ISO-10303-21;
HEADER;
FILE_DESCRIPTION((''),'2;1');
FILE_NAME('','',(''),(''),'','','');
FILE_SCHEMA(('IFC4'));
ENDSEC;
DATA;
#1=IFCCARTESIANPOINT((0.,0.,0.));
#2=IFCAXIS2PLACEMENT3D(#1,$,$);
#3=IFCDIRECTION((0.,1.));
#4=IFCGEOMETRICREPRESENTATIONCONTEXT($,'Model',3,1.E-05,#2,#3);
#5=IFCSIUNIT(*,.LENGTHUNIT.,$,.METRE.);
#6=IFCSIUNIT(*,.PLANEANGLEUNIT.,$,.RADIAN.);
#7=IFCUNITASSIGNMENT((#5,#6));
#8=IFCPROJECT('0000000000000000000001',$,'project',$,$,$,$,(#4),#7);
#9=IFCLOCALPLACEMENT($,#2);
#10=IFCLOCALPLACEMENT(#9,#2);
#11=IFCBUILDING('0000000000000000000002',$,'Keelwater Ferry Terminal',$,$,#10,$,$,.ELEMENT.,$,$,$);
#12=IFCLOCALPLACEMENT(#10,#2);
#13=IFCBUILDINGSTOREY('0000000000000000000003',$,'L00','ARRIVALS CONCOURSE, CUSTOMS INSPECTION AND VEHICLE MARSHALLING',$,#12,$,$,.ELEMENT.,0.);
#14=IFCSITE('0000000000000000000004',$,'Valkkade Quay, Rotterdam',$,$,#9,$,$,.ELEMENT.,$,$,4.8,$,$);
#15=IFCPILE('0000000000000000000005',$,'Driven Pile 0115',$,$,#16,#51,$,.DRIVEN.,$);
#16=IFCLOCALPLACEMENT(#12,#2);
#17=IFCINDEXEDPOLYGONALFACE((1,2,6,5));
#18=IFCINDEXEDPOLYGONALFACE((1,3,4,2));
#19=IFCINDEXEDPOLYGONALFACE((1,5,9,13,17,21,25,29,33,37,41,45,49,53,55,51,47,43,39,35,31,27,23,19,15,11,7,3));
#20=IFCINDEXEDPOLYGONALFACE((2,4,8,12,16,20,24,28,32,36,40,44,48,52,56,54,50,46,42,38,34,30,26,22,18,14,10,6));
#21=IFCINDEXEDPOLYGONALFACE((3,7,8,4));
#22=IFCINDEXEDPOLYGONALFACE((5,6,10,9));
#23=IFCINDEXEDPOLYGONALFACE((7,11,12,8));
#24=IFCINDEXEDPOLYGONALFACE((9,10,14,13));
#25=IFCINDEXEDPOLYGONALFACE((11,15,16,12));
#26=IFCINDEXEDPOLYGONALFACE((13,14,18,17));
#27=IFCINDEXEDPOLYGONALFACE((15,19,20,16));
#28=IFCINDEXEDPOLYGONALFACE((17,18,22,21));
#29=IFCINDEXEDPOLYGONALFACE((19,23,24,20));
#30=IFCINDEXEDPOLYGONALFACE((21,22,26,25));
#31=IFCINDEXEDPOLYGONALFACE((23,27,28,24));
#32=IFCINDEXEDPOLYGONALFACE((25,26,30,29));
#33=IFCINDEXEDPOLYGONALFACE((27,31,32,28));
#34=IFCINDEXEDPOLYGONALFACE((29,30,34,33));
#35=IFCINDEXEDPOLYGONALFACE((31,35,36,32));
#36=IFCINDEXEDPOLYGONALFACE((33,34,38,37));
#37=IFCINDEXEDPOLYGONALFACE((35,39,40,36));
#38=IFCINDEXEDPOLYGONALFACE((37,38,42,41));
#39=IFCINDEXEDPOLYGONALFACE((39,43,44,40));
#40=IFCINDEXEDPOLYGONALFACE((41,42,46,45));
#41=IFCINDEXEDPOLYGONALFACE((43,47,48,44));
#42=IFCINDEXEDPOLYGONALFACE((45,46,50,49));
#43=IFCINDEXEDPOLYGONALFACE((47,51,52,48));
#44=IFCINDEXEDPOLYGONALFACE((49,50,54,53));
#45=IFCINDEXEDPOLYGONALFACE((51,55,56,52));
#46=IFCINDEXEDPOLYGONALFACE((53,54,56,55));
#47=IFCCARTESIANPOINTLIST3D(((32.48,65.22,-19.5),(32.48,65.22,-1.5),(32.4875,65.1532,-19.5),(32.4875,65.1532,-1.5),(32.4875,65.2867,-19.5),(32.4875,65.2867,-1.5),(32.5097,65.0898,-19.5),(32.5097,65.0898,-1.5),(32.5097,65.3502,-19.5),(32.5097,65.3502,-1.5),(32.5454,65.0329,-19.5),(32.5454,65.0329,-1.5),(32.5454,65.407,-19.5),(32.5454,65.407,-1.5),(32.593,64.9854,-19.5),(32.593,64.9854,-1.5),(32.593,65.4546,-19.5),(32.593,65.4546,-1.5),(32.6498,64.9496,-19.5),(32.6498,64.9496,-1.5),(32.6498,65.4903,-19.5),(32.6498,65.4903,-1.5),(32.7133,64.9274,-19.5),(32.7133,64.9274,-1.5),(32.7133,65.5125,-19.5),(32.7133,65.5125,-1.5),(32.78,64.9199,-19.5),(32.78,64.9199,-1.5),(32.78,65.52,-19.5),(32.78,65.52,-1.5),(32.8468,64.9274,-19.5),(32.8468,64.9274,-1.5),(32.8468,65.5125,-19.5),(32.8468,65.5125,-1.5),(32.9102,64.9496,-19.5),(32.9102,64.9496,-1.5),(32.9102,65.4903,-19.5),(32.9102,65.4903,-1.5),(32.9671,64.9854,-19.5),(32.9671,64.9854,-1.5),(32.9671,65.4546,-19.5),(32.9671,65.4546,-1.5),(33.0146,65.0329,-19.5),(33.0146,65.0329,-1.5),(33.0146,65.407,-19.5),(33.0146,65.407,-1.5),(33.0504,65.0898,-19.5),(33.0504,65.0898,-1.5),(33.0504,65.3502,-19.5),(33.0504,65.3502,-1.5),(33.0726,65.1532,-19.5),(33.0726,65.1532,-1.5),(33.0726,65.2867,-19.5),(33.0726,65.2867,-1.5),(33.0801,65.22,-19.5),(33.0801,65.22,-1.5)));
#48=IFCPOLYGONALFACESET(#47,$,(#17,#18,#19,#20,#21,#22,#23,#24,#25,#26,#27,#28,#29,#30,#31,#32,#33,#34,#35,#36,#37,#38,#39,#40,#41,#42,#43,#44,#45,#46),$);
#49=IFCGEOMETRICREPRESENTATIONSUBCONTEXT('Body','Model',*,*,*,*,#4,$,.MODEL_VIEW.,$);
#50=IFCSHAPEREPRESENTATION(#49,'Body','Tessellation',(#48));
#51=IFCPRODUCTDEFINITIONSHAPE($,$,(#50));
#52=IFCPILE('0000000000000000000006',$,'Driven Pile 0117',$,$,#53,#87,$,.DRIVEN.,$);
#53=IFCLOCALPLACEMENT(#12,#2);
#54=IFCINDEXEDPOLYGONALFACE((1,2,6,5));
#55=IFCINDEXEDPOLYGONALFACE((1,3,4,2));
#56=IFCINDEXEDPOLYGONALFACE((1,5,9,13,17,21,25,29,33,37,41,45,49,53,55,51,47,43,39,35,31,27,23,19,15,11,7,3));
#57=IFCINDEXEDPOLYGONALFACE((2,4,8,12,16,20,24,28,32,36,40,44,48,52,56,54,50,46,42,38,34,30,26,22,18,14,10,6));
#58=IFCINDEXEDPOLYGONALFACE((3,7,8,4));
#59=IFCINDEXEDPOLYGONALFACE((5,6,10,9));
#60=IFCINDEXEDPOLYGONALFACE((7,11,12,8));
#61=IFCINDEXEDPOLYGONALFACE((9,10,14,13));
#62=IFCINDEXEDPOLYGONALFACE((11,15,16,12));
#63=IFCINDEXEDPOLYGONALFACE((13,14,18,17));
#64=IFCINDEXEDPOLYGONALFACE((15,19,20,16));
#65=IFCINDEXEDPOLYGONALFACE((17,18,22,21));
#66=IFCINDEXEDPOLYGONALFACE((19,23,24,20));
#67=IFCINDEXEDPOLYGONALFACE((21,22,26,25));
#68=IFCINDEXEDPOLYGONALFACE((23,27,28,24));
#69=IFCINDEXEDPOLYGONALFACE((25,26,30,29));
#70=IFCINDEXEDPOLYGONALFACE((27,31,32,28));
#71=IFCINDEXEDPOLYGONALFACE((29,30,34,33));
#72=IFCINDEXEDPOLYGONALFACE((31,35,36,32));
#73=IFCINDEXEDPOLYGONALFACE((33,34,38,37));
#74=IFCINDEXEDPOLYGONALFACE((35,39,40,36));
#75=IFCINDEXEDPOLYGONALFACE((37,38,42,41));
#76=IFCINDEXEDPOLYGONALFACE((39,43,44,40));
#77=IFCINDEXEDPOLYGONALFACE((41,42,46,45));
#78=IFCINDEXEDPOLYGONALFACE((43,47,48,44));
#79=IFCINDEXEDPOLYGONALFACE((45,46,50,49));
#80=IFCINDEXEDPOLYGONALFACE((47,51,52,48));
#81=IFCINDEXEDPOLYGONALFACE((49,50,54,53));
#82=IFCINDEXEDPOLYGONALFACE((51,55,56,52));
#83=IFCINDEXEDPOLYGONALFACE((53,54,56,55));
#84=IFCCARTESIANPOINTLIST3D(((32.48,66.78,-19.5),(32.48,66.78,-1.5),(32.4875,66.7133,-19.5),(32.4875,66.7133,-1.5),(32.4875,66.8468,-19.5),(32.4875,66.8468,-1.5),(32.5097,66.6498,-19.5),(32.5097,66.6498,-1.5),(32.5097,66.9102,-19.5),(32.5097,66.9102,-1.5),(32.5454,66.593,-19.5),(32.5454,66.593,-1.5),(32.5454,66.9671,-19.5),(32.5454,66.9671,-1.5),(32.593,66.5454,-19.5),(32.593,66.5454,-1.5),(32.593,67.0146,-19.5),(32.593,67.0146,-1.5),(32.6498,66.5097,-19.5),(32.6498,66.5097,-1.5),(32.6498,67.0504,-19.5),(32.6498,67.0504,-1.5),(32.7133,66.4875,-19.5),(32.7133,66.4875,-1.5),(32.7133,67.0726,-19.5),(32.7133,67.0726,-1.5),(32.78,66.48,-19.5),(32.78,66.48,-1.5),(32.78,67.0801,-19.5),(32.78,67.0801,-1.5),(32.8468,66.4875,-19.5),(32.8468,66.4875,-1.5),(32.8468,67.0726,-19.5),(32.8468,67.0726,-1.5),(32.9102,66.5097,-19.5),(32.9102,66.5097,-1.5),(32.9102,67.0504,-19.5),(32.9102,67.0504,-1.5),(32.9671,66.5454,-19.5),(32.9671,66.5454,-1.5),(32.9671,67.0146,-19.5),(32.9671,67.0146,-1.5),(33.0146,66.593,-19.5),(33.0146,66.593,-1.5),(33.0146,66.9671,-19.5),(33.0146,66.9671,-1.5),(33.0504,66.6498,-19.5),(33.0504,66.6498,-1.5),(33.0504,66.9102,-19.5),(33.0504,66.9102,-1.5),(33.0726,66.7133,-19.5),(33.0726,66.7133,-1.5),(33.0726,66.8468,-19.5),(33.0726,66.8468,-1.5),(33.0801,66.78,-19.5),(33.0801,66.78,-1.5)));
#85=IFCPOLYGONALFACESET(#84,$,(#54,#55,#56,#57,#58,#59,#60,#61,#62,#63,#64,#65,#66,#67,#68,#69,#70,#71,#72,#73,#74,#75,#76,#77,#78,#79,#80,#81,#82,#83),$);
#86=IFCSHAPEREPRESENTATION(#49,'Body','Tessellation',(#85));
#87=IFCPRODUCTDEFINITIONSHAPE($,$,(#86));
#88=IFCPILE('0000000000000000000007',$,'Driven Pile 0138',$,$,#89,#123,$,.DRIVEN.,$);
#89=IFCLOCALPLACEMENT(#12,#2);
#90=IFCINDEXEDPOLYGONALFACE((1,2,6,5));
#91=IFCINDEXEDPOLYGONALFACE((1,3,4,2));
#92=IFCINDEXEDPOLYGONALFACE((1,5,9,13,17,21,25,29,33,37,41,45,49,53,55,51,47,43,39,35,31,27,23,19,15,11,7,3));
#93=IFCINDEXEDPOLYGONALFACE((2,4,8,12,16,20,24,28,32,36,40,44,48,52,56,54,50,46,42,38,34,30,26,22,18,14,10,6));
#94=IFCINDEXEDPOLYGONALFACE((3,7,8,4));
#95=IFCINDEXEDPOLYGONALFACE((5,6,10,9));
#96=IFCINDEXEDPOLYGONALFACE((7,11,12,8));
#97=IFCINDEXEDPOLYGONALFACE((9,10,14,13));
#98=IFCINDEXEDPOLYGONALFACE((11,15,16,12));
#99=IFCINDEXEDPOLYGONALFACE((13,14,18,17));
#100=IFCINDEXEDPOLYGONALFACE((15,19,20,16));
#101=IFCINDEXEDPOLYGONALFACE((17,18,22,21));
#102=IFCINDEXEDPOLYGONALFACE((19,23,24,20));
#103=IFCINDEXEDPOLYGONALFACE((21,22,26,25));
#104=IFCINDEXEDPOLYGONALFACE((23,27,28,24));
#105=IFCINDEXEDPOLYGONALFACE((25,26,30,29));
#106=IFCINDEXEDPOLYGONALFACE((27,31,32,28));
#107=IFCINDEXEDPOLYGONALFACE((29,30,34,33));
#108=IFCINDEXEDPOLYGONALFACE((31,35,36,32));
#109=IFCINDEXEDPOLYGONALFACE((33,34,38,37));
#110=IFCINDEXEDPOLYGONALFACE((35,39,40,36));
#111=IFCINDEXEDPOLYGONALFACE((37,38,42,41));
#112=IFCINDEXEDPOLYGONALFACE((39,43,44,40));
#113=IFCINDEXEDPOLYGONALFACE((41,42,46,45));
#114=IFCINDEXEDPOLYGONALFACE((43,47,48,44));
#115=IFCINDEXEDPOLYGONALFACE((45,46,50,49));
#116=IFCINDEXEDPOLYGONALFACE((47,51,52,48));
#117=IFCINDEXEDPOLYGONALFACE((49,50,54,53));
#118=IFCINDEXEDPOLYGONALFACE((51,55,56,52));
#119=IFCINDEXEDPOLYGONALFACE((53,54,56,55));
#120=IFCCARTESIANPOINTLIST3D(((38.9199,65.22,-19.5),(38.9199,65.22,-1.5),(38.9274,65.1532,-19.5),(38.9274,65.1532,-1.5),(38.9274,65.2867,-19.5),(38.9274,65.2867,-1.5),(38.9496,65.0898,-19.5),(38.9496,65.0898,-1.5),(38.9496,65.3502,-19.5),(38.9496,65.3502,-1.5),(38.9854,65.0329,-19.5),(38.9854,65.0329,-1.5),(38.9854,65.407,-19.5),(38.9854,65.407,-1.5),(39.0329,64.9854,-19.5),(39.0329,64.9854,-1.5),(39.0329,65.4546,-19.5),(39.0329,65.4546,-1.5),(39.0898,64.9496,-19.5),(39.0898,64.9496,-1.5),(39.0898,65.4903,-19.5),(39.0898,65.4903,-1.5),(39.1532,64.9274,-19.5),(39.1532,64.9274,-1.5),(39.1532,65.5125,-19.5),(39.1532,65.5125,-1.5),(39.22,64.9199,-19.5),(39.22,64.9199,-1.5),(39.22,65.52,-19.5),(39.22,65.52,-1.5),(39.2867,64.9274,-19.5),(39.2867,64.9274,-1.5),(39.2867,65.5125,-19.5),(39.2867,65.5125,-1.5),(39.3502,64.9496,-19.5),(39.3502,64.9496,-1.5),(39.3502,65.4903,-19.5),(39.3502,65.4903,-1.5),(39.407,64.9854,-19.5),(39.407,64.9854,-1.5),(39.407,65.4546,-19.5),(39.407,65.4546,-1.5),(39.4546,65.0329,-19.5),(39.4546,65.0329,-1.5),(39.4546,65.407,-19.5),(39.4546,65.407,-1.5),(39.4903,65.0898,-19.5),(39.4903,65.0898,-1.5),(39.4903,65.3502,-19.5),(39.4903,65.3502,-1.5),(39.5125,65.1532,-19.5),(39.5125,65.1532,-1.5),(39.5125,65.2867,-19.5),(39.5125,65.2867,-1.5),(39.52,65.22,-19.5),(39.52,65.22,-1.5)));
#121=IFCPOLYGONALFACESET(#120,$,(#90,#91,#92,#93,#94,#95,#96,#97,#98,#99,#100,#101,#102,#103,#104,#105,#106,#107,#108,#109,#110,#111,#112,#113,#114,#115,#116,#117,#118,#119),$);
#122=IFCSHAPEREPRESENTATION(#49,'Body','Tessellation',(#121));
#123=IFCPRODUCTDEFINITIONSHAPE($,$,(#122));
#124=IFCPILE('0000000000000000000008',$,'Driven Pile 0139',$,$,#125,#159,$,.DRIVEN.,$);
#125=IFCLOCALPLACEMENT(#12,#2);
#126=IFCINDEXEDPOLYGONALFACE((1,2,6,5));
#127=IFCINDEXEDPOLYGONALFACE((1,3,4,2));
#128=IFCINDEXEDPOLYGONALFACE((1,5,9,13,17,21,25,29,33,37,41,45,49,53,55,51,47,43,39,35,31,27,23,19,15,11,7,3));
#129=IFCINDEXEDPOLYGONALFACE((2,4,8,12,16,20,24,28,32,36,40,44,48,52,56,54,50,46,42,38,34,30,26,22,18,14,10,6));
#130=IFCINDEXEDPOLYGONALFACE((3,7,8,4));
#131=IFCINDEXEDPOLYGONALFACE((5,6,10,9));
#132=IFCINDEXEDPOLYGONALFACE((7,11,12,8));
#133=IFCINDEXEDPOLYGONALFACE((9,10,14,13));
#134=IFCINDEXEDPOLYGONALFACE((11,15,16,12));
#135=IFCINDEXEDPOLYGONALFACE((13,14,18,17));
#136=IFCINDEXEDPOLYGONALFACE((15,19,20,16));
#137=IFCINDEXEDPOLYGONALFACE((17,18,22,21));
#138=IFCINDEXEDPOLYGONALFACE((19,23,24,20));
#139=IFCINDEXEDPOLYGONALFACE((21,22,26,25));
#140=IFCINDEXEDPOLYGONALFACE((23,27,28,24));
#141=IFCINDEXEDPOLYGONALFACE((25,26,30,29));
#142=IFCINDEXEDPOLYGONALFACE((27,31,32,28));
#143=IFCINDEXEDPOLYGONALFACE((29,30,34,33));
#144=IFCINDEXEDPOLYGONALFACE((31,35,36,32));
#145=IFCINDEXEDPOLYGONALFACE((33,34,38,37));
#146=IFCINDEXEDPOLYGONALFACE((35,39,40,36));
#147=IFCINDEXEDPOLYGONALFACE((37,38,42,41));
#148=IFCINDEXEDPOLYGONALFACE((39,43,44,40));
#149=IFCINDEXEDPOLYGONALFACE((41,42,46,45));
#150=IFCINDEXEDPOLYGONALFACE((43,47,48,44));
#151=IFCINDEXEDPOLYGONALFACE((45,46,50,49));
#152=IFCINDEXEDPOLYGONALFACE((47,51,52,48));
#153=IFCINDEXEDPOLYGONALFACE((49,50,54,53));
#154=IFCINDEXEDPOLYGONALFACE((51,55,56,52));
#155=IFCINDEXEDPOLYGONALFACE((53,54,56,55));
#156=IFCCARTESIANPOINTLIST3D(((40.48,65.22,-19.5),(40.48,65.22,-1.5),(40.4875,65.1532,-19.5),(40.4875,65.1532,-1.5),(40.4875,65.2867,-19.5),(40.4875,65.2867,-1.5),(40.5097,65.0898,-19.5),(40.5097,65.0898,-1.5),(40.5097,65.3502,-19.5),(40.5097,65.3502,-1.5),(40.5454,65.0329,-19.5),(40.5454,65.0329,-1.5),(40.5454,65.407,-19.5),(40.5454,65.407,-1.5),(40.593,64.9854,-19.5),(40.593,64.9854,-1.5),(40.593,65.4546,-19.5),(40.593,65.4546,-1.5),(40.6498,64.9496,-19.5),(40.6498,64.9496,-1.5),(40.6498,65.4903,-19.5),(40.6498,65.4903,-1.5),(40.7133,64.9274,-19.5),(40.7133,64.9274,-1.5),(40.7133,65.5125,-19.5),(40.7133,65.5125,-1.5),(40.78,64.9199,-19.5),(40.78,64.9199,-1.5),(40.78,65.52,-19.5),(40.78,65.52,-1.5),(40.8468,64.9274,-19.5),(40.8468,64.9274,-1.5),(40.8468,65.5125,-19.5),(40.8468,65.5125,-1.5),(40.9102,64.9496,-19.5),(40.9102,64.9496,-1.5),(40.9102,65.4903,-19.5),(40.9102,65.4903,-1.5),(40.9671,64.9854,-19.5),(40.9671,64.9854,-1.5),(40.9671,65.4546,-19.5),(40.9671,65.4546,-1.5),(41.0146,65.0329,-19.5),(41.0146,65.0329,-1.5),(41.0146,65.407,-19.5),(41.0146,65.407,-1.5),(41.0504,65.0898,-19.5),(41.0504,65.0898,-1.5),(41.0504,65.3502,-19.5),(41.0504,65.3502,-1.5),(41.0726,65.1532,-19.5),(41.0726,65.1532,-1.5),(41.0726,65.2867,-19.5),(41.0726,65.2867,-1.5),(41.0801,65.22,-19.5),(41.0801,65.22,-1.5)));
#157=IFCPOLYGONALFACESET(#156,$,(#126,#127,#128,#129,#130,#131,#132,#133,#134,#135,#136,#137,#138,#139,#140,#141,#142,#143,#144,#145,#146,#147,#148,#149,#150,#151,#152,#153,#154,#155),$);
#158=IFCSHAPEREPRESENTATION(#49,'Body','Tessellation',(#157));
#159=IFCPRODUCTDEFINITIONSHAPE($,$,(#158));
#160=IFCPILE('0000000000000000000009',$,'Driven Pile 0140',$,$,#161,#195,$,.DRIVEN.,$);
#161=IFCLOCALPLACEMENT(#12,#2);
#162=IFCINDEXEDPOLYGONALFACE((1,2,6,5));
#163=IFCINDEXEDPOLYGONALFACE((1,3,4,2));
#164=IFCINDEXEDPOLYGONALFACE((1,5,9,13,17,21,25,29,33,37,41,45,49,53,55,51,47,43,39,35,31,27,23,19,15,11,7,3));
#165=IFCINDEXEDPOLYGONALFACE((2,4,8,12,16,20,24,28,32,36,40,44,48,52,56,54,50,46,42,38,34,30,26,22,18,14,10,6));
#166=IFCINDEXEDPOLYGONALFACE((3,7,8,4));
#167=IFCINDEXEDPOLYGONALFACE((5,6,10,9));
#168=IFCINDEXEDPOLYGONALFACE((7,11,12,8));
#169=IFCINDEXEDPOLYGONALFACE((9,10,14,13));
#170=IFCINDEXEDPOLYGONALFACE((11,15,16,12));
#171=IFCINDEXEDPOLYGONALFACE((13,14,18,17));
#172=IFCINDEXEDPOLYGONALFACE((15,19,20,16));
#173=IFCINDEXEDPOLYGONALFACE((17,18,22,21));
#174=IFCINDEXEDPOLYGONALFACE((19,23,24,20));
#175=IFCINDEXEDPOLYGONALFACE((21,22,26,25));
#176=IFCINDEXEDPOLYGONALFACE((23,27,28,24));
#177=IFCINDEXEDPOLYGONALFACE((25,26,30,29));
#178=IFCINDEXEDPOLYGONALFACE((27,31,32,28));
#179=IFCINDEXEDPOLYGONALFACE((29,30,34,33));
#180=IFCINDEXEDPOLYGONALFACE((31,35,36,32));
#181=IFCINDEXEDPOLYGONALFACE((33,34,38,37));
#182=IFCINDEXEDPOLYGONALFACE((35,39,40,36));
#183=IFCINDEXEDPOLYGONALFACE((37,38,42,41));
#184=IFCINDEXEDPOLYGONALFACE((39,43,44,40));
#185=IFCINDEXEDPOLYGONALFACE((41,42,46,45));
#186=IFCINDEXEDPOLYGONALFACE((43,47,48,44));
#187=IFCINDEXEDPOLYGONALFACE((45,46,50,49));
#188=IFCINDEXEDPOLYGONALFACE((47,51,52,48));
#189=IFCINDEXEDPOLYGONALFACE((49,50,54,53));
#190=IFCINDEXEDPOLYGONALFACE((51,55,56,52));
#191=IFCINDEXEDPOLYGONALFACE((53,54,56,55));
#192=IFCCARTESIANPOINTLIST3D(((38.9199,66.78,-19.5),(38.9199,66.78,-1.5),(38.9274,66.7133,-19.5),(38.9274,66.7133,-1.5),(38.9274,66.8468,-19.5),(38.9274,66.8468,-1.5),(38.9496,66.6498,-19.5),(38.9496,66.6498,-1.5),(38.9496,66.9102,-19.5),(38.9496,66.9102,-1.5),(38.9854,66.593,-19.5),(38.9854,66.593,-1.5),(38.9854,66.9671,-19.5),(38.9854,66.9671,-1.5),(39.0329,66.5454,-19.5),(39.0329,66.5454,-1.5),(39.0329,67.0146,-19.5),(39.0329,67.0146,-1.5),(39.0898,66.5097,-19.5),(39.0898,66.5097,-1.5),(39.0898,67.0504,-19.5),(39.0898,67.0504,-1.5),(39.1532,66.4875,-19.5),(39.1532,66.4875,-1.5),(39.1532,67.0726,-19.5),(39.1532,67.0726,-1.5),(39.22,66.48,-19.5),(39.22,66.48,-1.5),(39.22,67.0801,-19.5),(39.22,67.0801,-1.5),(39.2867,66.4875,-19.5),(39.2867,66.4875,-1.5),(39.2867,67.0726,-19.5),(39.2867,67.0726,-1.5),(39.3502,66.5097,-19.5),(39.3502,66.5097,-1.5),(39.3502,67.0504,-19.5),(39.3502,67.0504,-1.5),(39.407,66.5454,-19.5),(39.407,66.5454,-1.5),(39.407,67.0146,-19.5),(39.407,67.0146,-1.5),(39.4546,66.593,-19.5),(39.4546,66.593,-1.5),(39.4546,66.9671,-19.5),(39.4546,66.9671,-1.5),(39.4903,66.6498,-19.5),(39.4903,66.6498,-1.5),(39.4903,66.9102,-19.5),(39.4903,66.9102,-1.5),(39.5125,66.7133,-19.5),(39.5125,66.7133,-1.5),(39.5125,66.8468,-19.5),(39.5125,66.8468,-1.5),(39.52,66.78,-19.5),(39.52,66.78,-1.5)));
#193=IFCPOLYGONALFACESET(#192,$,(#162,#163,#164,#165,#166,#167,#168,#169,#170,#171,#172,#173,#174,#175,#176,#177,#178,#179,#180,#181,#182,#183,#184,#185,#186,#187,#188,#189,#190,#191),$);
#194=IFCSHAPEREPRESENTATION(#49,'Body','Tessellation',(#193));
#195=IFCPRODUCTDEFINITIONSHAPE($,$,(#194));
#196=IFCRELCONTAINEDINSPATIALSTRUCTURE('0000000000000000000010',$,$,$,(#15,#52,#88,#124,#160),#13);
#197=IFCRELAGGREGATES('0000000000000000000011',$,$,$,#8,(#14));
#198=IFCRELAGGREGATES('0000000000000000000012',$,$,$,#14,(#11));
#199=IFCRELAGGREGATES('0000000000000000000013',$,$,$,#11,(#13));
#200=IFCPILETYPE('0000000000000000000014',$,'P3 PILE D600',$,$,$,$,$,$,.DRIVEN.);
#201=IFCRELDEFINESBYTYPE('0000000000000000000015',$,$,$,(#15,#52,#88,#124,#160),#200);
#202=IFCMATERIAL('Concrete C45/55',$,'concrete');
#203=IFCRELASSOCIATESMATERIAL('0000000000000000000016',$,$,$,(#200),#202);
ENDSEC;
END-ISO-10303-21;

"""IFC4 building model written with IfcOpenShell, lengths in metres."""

from ifc_helpers import new_model, si_unit, direction, frame, origin, origin_2d, place, context, subcontext, project, spatial, circle, extrude, material, material_profile, profile_set, type_object, element, save


model = new_model("IFC4")

# Units and contexts
model_context = context("Model", 3, precision=1e-05, world=origin(), true_north=direction((0.0, 1.0)))
body_context = subcontext(model_context, "Body", "Model", "MODEL_VIEW")
ifc_project = project(units=[si_unit("LENGTHUNIT", "METRE"), si_unit("PLANEANGLEUNIT", "RADIAN")], contexts=[model_context])

# Site, building, storey
site_placement = place(None, origin())
site = spatial("IfcSite", under=ifc_project, at=site_placement, Name="Valkkade Quay, Rotterdam", CompositionType="ELEMENT", RefElevation=4.8)
building_placement = place(site_placement, origin())
building = spatial("IfcBuilding", under=site, at=building_placement, Name="Keelwater Ferry Terminal", CompositionType="ELEMENT")
storey_placement = place(building_placement, origin())
storey = spatial("IfcBuildingStorey", under=building, at=storey_placement, Name="L00", Description="ARRIVALS CONCOURSE, CUSTOMS INSPECTION AND VEHICLE MARSHALLING", CompositionType="ELEMENT", Elevation=0.0)

# Piles
ifc_material_1 = material(Name="Concrete C45/55", Category="concrete")
ifc_material_profile_1 = material_profile(ifc_material_1, circle(Radius=0.3, at=origin_2d()), Name="PILE D600")
ifc_profile_set_1 = profile_set([ifc_material_profile_1], Name="Concrete C45/55")
pile_type = type_object("IfcPileType", Name="P3 PILE D600", PredefinedType="DRIVEN", material=ifc_profile_set_1)
for number, where, z_axis, x_axis, name in (
    (1, (32.78, 65.22, -1.5), (0.0, 0.0, -1.0), (1.0, 0.0, 0.0), "Driven Pile 0115"),
    (2, (32.78, 66.78, -1.5), (0.0, 0.0, -1.0), (1.0, 0.0, 0.0), "Driven Pile 0117"),
    (3, (39.22, 65.22, -1.5), (0.0, 0.0, -1.0), (1.0, 0.0, 0.0), "Driven Pile 0138"),
    (4, (40.78, 65.22, -1.5), (0.0, 0.0, -1.0), (1.0, 0.0, 0.0), "Driven Pile 0139"),
    (5, (39.22, 66.78, -1.5), (0.0, 0.0, -1.0), (1.0, 0.0, 0.0), "Driven Pile 0140"),
):
    element("IfcPile", number, at=place(storey_placement, frame(where, z_axis=z_axis, x_axis=x_axis)), inside=storey, type_object=pile_type, Name=name, PredefinedType="DRIVEN", context=body_context, shape_type="SweptSolid", body=[
        extrude(circle(Radius=0.3, at=origin_2d()), origin(), (0.0, 0.0, 1.0), 18.0),
    ])

save(model, "model.ifc")
